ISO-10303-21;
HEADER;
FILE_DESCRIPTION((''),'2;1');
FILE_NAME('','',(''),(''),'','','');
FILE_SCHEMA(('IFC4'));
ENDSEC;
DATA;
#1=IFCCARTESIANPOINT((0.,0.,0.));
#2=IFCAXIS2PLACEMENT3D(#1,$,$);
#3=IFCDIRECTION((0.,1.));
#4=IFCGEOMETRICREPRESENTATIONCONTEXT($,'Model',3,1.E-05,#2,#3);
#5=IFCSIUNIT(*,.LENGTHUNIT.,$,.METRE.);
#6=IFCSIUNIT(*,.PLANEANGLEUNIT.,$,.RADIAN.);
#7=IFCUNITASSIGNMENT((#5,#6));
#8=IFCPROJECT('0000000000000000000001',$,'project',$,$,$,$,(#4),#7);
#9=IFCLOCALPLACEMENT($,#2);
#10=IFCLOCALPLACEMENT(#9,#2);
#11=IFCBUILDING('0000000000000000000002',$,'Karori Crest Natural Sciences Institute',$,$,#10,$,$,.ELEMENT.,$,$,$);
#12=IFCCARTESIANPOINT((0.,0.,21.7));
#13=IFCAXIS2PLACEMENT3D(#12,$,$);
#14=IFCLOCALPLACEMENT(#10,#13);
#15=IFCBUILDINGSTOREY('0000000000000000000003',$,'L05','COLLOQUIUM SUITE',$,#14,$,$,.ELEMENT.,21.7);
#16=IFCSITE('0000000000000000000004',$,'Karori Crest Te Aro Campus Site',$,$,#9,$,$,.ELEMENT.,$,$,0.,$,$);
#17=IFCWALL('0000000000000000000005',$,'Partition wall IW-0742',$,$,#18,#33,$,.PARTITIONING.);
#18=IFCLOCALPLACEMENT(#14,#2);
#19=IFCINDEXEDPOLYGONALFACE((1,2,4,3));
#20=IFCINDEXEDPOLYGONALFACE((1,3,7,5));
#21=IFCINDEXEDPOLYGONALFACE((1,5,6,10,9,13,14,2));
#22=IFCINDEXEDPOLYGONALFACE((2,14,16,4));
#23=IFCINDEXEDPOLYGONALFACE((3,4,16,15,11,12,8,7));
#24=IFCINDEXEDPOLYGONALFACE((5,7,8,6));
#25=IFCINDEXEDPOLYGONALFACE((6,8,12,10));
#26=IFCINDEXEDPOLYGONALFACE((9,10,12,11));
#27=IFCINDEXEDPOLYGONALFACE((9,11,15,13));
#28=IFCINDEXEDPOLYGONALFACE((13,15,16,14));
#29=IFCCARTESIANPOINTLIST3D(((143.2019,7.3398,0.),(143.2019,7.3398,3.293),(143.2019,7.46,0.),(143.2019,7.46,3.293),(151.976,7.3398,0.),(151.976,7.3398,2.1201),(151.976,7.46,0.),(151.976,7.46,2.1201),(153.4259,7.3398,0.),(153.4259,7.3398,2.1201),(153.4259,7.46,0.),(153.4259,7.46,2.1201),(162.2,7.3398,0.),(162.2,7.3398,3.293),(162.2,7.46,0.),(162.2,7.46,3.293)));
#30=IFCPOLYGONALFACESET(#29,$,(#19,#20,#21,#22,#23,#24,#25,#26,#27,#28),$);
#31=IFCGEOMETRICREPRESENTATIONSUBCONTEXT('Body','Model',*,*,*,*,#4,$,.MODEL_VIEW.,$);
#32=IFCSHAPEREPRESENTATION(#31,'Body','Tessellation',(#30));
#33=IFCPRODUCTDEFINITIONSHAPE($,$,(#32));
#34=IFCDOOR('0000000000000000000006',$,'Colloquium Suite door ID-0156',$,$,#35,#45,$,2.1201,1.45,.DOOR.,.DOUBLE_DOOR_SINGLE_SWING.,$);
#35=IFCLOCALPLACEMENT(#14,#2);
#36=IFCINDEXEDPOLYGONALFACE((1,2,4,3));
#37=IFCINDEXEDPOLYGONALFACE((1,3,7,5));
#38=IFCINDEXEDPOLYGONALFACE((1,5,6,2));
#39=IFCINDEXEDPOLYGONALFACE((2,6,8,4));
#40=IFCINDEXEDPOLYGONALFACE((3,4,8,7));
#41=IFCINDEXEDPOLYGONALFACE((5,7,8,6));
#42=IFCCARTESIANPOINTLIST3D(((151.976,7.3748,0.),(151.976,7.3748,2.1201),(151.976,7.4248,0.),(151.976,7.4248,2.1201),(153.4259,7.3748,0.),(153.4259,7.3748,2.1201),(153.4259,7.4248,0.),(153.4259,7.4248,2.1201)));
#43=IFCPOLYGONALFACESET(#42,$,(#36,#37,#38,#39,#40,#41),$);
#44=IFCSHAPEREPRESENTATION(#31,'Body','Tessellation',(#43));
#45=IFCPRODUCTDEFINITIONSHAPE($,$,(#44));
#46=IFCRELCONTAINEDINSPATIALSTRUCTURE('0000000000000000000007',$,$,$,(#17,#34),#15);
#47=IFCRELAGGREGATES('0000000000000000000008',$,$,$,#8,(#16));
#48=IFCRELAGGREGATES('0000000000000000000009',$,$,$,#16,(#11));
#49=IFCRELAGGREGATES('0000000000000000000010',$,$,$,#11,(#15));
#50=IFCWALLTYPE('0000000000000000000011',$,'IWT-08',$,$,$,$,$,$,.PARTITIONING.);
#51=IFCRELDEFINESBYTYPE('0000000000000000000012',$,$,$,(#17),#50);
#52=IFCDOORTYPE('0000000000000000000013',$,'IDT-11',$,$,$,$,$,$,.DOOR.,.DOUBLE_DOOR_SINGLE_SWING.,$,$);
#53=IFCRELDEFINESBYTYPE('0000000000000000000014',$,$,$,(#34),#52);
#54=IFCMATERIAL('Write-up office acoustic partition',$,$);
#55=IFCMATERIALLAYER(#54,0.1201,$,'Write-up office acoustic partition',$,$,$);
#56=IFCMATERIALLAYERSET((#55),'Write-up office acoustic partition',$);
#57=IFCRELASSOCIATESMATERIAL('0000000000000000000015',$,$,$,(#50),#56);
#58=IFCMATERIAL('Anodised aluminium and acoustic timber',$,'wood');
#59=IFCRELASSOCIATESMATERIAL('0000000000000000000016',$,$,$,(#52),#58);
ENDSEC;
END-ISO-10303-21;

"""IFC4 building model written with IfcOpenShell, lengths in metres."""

from ifc_helpers import new_model, si_unit, direction, frame, frame_2d, origin, place, context, subcontext, project, spatial, rectangle, extrude, material, layer, layer_set, type_object, element, fill, save


model = new_model("IFC4")

# Units and contexts
model_context = context("Model", 3, precision=1e-05, world=origin(), true_north=direction((0.0, 1.0)))
body_context = subcontext(model_context, "Body", "Model", "MODEL_VIEW")
ifc_project = project(units=[si_unit("LENGTHUNIT", "METRE"), si_unit("PLANEANGLEUNIT", "RADIAN")], contexts=[model_context])

# Site, building, storey
site_placement = place(None, origin())
site = spatial("IfcSite", under=ifc_project, at=site_placement, Name="Karori Crest Te Aro Campus Site", CompositionType="ELEMENT", RefElevation=0.0)
building_placement = place(site_placement, origin())
building = spatial("IfcBuilding", under=site, at=building_placement, Name="Karori Crest Natural Sciences Institute", CompositionType="ELEMENT")
storey_placement = place(building_placement, frame((0.0, 0.0, 21.7)))
storey = spatial("IfcBuildingStorey", under=building, at=storey_placement, Name="L05", Description="COLLOQUIUM SUITE", CompositionType="ELEMENT", Elevation=21.7)

# Shared definitions
ifc_material_1 = material(Name="Write-up office acoustic partition")
ifc_layer_1 = layer(ifc_material_1, 0.1201, Name="Write-up office acoustic partition")
ifc_layer_set_1 = layer_set([ifc_layer_1], Name="Write-up office acoustic partition")
wall_type = type_object("IfcWallType", Name="IWT-08", PredefinedType="PARTITIONING", material=ifc_layer_set_1)

# Wall, opening, door
wall_1_placement = place(storey_placement, frame((143.2019, 7.3999, 0.0), z_axis=(0.0, 0.0, 1.0), x_axis=(1.0, 0.0, 0.0)))
wall_1 = element("IfcWall", 1, at=wall_1_placement, inside=storey, type_object=wall_type, Name="Partition wall IW-0742", PredefinedType="PARTITIONING", context=body_context, shape_type="SweptSolid", body=[
    extrude(rectangle(XDim=18.998, YDim=0.1201, at=frame_2d((9.499, 0.0))), origin(), (0.0, 0.0, 1.0), 3.293),
])
opening_placement = place(wall_1_placement, frame((8.7739, 0.0, 0.0)))
opening = element("IfcOpeningElement", 2, at=opening_placement, cuts=wall_1, PredefinedType="OPENING", context=body_context, shape_type="SweptSolid", body=[
    extrude(rectangle(XDim=1.45, YDim=2.1201, at=frame_2d((0.7251, 1.0601))), frame((0.0, 0.0701, 0.0), z_axis=(0.0, -1.0, 0.0), x_axis=(1.0, 0.0, 0.0)), (0.0, 0.0, 1.0), 0.1401),
])
ifc_material_2 = material(Name="Anodised aluminium and acoustic timber", Category="wood")
door_type = type_object("IfcDoorType", Name="IDT-11", OperationType="DOUBLE_DOOR_SINGLE_SWING", PredefinedType="DOOR", material=ifc_material_2)
door_placement = place(opening_placement, origin())
door = element("IfcDoor", 3, at=door_placement, inside=storey, type_object=door_type, Name="Colloquium Suite door ID-0156", OperationType="DOUBLE_DOOR_SINGLE_SWING", OverallHeight=2.1201, OverallWidth=1.45, PredefinedType="DOOR", context=body_context, shape_type="SweptSolid", body=[
    extrude(rectangle(XDim=1.45, YDim=2.1201, at=frame_2d((0.7251, 1.0601))), frame((0.0, 0.0249, 0.0), z_axis=(0.0, -1.0, 0.0), x_axis=(1.0, 0.0, 0.0)), (0.0, 0.0, 1.0), 0.05),
])
fill(opening, door)

save(model, "model.ifc")
